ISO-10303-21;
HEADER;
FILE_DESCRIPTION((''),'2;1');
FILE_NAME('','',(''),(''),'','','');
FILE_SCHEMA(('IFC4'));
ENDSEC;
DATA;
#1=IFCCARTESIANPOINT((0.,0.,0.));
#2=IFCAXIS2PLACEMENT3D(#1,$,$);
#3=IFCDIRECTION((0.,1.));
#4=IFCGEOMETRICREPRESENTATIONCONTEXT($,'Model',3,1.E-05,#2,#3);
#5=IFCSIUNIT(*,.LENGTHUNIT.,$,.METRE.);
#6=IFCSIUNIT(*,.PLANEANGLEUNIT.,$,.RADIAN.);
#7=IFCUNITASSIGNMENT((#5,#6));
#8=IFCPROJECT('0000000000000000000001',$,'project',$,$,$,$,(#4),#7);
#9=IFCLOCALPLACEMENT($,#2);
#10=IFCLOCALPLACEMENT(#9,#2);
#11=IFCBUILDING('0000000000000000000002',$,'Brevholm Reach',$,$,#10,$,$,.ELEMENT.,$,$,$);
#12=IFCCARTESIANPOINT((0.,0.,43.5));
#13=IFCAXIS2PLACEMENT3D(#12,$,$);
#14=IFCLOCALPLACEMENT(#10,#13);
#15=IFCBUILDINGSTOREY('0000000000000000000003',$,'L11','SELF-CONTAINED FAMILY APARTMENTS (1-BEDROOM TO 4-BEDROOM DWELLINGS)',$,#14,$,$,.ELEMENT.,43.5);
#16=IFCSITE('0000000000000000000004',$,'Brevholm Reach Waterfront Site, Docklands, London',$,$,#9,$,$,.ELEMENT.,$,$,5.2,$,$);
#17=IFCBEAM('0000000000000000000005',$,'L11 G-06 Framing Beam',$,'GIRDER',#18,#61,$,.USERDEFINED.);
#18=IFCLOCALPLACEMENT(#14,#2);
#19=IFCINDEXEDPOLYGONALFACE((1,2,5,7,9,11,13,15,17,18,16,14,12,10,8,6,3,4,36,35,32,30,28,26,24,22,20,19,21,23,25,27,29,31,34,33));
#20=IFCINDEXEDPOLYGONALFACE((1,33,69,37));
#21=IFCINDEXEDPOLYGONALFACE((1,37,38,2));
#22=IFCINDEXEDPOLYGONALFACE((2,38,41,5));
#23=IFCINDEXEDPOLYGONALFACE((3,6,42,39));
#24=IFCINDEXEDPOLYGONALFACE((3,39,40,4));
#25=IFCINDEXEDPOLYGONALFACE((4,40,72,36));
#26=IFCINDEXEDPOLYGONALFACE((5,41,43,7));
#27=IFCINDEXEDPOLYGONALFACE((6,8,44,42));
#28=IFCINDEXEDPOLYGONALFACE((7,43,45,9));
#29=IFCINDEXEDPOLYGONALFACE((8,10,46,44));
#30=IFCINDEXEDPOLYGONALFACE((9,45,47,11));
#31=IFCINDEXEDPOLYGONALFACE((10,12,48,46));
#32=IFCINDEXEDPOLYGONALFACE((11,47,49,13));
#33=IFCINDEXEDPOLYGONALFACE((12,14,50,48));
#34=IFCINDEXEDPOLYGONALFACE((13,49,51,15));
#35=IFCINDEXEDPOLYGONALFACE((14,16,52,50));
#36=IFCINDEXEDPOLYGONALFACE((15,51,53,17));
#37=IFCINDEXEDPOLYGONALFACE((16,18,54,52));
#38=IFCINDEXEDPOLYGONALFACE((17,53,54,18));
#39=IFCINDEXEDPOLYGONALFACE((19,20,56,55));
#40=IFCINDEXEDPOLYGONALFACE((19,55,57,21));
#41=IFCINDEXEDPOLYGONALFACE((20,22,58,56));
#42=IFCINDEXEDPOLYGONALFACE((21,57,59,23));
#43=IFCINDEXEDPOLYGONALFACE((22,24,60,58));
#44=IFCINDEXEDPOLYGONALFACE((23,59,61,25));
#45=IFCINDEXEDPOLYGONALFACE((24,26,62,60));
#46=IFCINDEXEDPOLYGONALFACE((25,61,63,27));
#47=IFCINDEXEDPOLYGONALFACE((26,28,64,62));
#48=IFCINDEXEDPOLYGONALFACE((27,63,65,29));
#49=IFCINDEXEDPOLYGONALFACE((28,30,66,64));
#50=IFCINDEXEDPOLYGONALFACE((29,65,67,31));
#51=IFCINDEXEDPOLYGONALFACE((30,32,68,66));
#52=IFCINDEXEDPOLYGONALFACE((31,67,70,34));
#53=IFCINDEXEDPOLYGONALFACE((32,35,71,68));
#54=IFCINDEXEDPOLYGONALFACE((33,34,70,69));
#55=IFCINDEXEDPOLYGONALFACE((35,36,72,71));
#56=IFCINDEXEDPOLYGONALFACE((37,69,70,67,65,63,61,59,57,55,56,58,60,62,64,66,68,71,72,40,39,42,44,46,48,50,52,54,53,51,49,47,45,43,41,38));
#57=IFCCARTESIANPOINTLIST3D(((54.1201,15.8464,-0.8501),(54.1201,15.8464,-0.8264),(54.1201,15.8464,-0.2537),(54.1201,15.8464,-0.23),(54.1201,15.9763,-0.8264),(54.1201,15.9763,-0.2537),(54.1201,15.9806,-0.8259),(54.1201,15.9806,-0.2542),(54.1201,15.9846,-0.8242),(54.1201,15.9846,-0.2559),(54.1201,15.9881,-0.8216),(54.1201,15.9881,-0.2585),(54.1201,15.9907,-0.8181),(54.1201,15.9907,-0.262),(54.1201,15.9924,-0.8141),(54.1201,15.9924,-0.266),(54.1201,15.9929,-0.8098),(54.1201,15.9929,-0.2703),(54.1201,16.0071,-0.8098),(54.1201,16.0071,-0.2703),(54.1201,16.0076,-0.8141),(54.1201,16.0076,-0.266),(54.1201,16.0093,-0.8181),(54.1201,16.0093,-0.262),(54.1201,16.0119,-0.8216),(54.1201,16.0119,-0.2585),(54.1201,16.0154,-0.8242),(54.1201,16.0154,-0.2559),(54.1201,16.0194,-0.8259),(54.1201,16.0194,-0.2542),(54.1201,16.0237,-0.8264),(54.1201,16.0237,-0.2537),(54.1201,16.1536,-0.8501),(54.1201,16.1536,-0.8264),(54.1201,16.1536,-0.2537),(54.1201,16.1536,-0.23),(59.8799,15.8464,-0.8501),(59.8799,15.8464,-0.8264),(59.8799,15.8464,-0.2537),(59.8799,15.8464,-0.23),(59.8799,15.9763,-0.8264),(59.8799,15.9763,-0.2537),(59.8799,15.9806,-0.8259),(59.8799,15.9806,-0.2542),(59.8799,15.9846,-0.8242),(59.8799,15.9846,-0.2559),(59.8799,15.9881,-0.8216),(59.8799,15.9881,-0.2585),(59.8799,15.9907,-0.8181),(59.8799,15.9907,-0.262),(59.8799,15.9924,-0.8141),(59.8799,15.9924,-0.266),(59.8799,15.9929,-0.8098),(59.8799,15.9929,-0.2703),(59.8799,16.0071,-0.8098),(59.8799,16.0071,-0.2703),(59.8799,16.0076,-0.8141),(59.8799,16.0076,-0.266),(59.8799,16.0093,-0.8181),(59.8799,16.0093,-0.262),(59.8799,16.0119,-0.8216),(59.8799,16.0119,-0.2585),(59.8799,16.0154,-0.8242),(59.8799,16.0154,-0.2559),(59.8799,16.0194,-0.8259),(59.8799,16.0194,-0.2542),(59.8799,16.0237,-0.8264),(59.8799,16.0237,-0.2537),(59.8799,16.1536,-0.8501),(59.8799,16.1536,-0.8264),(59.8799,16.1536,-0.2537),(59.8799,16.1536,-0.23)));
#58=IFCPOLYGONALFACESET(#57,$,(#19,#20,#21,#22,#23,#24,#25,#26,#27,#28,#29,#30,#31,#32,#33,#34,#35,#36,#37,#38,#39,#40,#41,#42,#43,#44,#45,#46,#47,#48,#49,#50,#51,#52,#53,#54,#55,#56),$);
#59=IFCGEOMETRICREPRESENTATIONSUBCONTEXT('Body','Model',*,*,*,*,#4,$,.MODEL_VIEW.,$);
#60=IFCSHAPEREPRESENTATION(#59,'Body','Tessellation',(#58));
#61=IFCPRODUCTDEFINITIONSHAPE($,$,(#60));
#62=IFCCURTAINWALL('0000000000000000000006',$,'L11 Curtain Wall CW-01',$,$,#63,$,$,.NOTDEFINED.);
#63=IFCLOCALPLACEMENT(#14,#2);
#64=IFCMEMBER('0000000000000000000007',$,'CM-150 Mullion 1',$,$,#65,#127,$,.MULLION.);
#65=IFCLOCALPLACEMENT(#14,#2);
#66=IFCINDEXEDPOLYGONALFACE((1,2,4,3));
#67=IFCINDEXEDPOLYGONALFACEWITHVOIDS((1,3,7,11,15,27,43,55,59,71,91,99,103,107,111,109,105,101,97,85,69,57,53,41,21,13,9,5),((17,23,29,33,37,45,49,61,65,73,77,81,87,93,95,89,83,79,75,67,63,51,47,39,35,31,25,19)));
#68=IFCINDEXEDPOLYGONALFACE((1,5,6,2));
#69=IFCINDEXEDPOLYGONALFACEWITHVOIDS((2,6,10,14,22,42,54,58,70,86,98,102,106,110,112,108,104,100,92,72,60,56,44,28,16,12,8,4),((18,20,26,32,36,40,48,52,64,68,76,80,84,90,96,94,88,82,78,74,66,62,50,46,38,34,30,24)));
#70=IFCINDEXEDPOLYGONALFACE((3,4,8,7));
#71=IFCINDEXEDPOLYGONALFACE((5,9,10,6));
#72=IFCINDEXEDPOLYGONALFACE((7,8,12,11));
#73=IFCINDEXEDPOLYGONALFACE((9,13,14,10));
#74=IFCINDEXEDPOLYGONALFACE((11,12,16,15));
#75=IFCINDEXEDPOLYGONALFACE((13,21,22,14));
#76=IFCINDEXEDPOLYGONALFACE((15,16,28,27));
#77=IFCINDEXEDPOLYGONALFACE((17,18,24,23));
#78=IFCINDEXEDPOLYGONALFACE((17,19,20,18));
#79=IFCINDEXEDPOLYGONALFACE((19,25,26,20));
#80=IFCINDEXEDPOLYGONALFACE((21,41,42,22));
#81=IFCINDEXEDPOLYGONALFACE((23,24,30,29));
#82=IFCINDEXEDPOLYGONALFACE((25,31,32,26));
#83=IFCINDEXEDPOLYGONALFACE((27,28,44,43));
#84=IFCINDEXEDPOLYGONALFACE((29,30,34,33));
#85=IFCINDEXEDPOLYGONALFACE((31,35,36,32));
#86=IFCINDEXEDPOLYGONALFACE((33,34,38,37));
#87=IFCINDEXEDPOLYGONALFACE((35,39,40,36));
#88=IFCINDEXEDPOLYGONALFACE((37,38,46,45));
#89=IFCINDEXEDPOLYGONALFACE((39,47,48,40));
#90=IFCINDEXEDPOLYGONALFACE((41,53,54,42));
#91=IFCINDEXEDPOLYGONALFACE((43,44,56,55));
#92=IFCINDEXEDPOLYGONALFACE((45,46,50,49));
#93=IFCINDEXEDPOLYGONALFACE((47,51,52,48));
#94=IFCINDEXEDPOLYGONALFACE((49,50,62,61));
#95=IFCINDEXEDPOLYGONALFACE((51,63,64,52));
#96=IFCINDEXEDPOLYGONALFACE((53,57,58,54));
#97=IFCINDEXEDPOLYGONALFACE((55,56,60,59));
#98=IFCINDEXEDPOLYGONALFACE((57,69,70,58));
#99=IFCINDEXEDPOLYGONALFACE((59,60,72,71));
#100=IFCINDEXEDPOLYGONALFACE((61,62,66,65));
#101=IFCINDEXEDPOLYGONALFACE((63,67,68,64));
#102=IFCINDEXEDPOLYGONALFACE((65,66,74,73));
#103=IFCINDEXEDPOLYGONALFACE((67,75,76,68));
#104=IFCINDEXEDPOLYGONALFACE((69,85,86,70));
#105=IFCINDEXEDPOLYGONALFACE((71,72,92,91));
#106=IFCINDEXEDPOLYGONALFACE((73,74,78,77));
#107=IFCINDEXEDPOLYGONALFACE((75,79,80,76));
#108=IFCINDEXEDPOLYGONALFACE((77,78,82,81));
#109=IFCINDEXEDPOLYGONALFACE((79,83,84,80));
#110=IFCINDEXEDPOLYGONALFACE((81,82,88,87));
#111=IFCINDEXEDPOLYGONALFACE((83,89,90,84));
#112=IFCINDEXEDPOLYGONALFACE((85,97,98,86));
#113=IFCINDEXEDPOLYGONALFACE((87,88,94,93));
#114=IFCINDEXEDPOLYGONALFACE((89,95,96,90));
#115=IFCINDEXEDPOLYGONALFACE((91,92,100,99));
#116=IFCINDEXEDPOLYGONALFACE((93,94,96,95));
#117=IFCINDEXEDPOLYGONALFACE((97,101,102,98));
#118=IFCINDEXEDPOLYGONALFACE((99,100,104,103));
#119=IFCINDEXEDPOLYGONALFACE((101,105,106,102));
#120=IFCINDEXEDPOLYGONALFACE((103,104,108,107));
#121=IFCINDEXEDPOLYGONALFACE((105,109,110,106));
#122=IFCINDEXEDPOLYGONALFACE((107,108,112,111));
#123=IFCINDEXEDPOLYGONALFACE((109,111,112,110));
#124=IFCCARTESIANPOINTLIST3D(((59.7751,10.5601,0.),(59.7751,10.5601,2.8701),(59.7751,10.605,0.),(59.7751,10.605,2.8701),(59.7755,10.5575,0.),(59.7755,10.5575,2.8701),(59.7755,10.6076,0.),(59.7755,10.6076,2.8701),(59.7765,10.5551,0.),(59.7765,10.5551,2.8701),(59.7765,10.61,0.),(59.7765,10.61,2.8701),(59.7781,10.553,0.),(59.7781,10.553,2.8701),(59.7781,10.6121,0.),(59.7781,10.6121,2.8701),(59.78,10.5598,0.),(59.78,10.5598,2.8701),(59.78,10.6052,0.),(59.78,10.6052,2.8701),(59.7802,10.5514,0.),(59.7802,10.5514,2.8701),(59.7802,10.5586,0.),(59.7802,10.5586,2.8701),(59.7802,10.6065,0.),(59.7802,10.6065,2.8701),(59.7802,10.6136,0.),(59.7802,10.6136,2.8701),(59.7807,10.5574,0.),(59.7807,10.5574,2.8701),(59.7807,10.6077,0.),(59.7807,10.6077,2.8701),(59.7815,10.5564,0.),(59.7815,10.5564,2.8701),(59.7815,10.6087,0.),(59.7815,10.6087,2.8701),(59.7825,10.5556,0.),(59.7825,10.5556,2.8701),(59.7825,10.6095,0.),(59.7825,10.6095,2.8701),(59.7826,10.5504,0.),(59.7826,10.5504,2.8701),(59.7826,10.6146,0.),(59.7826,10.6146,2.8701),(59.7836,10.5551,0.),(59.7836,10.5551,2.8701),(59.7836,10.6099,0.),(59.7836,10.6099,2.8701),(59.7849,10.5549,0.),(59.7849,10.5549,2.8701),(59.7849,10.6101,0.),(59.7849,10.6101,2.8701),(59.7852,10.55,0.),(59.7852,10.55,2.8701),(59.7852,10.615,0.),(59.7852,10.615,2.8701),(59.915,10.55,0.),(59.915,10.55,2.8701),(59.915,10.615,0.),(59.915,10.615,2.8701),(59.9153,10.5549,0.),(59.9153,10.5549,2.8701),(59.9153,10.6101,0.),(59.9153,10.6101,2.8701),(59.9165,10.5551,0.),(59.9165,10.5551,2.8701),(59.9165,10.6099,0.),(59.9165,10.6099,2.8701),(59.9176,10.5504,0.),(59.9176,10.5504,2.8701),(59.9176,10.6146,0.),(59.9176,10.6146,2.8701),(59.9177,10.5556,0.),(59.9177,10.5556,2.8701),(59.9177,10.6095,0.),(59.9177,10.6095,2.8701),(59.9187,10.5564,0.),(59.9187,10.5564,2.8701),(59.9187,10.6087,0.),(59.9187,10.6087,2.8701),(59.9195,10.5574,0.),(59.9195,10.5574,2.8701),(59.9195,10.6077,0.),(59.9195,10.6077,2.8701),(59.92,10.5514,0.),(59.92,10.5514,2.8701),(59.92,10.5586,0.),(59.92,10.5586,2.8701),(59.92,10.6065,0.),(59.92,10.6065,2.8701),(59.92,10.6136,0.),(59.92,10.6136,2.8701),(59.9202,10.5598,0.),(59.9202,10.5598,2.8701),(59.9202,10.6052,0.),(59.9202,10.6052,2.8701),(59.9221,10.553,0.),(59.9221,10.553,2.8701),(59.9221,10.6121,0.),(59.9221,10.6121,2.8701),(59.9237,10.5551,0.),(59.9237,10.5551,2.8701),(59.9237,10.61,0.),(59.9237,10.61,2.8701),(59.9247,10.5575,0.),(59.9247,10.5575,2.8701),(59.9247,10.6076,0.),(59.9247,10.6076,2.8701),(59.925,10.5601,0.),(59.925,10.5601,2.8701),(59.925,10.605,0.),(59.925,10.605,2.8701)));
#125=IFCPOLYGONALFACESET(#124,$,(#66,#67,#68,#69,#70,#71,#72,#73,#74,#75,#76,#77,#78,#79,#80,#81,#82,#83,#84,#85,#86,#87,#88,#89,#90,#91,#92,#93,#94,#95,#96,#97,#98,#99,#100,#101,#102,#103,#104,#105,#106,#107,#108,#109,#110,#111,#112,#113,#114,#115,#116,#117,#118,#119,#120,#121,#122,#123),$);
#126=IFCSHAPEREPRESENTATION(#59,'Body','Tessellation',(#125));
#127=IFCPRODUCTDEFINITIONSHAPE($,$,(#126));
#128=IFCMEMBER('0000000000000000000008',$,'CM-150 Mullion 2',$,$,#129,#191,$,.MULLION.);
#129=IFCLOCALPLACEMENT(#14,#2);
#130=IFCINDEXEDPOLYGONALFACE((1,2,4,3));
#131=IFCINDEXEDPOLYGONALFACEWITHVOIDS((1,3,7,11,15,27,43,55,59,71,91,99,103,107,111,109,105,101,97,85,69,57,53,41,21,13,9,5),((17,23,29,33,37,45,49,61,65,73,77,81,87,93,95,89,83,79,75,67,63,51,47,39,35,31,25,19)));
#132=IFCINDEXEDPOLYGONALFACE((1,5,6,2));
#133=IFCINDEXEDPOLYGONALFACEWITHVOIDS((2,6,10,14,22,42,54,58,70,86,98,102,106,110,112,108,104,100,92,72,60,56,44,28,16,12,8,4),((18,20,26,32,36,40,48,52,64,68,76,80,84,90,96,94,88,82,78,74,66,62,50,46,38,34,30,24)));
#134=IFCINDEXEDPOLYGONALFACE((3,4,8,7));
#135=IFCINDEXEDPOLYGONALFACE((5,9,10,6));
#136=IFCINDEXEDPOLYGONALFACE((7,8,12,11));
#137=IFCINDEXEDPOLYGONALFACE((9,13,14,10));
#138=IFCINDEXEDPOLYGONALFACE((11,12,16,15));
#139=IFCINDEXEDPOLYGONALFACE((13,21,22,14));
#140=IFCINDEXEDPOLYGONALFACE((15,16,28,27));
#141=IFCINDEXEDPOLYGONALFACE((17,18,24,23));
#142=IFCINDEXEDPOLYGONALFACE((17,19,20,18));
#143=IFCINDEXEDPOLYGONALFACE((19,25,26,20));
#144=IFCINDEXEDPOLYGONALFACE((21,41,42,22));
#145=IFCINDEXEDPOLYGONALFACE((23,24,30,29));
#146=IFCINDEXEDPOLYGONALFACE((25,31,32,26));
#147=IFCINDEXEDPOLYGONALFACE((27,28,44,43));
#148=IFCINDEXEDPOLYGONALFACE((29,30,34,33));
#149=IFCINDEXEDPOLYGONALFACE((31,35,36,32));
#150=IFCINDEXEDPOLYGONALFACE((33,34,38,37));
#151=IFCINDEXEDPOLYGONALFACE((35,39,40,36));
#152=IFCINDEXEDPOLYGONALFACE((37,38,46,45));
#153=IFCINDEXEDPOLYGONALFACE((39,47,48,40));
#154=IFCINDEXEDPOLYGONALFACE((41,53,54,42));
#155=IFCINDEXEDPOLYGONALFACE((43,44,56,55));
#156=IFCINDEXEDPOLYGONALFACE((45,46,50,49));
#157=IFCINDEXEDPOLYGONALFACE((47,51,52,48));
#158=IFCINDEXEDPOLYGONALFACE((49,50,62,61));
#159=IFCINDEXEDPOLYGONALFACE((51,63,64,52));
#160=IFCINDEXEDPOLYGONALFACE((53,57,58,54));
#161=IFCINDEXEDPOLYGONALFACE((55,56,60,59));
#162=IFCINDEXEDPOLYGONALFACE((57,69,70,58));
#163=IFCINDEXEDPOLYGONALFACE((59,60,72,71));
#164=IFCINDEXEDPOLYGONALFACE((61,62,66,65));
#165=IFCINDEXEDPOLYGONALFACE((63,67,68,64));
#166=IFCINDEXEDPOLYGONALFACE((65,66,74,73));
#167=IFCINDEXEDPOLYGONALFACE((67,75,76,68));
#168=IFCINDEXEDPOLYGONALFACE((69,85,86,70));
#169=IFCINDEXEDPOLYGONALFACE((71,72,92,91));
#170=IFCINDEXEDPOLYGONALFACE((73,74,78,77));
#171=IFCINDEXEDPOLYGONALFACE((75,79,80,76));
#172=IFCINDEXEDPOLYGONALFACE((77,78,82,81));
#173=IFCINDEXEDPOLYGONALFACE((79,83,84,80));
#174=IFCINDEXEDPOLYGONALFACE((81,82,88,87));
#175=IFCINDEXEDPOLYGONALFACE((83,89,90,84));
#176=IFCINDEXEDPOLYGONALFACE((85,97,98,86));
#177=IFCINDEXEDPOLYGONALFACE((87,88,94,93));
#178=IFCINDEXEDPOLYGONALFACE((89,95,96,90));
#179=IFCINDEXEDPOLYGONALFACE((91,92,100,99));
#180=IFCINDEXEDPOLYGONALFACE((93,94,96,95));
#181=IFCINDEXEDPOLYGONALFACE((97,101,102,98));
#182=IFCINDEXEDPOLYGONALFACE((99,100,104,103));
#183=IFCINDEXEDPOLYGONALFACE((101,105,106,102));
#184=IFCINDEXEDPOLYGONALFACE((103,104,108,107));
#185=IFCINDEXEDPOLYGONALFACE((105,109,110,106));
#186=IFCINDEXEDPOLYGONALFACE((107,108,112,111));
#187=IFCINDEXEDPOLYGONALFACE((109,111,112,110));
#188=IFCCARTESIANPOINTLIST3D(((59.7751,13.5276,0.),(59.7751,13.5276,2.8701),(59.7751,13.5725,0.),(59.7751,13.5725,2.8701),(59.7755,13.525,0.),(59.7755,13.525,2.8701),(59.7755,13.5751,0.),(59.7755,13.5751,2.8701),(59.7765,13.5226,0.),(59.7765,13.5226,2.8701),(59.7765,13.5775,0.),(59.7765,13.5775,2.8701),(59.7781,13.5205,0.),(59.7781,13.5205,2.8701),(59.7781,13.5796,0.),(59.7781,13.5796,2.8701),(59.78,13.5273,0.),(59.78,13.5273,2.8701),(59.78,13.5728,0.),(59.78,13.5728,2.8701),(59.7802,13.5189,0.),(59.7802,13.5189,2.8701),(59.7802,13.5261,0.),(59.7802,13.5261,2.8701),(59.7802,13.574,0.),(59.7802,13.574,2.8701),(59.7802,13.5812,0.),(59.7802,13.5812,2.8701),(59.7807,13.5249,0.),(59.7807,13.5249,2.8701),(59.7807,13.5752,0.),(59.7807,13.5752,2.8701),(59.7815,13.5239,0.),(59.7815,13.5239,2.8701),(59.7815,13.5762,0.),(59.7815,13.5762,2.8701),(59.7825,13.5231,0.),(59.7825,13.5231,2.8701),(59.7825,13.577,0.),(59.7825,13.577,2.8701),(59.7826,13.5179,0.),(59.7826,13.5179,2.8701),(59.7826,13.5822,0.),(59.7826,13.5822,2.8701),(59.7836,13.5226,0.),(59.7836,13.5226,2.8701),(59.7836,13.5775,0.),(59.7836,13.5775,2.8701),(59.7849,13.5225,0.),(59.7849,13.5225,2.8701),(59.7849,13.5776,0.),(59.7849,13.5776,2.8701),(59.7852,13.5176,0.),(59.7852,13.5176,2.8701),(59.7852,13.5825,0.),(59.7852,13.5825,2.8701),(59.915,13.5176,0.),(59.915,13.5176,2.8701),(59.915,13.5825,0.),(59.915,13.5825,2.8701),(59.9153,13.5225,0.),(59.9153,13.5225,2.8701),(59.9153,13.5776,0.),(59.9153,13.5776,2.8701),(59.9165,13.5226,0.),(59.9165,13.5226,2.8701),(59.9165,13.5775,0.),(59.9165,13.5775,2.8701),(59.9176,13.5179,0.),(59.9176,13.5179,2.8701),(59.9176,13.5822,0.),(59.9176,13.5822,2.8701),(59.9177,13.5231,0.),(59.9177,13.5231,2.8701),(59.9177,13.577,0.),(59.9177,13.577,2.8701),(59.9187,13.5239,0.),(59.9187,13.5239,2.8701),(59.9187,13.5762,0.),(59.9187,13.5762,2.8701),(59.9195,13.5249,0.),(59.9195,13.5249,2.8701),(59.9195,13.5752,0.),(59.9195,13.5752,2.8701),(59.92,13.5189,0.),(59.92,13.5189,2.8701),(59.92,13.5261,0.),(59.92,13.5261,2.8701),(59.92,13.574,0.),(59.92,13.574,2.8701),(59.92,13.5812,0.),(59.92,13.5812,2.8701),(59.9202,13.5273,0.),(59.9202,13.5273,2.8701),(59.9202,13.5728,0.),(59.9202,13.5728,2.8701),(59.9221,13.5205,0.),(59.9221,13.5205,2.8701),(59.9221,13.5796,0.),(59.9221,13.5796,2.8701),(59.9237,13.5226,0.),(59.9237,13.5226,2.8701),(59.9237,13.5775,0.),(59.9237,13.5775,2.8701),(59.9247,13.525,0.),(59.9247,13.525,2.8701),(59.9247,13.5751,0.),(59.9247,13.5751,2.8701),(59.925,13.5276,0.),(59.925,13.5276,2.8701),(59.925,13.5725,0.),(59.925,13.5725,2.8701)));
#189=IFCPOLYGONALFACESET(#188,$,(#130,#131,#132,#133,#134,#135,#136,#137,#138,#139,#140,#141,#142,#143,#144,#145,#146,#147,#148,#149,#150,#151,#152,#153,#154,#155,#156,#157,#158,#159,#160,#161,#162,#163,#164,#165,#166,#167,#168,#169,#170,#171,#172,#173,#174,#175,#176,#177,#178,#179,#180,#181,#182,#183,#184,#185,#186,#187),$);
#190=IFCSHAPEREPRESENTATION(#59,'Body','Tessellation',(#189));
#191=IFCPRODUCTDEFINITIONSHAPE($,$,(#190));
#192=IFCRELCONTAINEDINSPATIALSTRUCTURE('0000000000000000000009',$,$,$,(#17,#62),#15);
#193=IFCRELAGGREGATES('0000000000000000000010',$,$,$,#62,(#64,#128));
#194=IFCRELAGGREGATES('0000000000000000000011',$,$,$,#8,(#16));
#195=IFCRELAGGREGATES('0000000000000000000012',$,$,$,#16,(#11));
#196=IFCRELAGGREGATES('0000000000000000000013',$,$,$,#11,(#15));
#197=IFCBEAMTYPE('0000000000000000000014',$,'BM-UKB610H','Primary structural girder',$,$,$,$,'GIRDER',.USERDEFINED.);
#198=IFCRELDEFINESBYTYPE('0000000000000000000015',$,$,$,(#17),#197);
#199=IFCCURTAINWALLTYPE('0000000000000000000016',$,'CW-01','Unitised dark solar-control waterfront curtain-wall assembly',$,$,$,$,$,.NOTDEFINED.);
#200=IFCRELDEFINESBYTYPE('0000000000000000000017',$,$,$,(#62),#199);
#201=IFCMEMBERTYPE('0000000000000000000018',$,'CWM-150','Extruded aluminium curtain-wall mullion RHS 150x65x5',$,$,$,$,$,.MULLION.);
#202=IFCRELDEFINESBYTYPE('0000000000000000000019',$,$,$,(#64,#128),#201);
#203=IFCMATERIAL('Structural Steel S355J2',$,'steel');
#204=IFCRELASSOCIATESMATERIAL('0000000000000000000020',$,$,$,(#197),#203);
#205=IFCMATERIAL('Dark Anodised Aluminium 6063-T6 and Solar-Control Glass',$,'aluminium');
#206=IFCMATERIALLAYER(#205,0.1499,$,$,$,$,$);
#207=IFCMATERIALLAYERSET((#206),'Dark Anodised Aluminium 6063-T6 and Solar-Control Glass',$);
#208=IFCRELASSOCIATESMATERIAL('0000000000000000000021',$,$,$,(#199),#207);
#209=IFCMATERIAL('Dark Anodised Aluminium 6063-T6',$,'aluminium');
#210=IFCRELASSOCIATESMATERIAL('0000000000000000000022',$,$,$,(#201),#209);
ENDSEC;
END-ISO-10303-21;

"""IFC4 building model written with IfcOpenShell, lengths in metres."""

from ifc_helpers import new_model, si_unit, direction, frame, origin, origin_2d, place, context, subcontext, project, spatial, hollow_rectangle, i_section, extrude, material, layer, layer_set, material_profile, profile_set, type_object, element, aggregate, save


model = new_model("IFC4")

# Units and contexts
model_context = context("Model", 3, precision=1e-05, world=origin(), true_north=direction((0.0, 1.0)))
body_context = subcontext(model_context, "Body", "Model", "MODEL_VIEW")
ifc_project = project(units=[si_unit("LENGTHUNIT", "METRE"), si_unit("PLANEANGLEUNIT", "RADIAN")], contexts=[model_context])

# Site, building, storey
site_placement = place(None, origin())
site = spatial("IfcSite", under=ifc_project, at=site_placement, Name="Brevholm Reach Waterfront Site, Docklands, London", CompositionType="ELEMENT", RefElevation=5.2)
building_placement = place(site_placement, origin())
building = spatial("IfcBuilding", under=site, at=building_placement, Name="Brevholm Reach", CompositionType="ELEMENT")
storey_placement = place(building_placement, frame((0.0, 0.0, 43.5)))
storey = spatial("IfcBuildingStorey", under=building, at=storey_placement, Name="L11", Description="SELF-CONTAINED FAMILY APARTMENTS (1-BEDROOM TO 4-BEDROOM DWELLINGS)", CompositionType="ELEMENT", Elevation=43.5)

# Beam
ifc_material_1 = material(Name="Structural Steel S355J2", Category="steel")
ifc_material_profile_1 = material_profile(ifc_material_1, i_section(OverallWidth=0.3071, OverallDepth=0.6201, WebThickness=0.0142, FlangeThickness=0.0237, FilletRadius=0.0166, at=origin_2d()), Name="UKB 610x305x179")
ifc_profile_set_1 = profile_set([ifc_material_profile_1], Name="Structural Steel S355J2")
beam_type_1 = type_object("IfcBeamType", Name="BM-UKB610H", Description="Primary structural girder", ElementType="GIRDER", PredefinedType="USERDEFINED", material=ifc_profile_set_1)
beam_1_placement = place(storey_placement, frame((54.1201, 16.0, -0.54), z_axis=(1.0, 0.0, 0.0), x_axis=(0.0, 1.0, 0.0)))
element("IfcBeam", 1, at=beam_1_placement, inside=storey, type_object=beam_type_1, Name="L11 G-06 Framing Beam", ObjectType="GIRDER", PredefinedType="USERDEFINED", context=body_context, shape_type="SweptSolid", body=[
    extrude(i_section(OverallWidth=0.3071, OverallDepth=0.6201, WebThickness=0.0142, FlangeThickness=0.0237, FilletRadius=0.0166, at=origin_2d()), origin(), (0.0, 0.0, 1.0), 5.7598),
])

# Curtain wall, members
ifc_material_2 = material(Name="Dark Anodised Aluminium 6063-T6 and Solar-Control Glass", Category="aluminium")
ifc_layer_1 = layer(ifc_material_2, 0.1499)
ifc_layer_set_1 = layer_set([ifc_layer_1], Name="Dark Anodised Aluminium 6063-T6 and Solar-Control Glass")
curtain_wall_type = type_object("IfcCurtainWallType", Name="CW-01", Description="Unitised dark solar-control waterfront curtain-wall assembly", PredefinedType="NOTDEFINED", material=ifc_layer_set_1)
curtain_wall_placement = place(storey_placement, origin())
curtain_wall = element("IfcCurtainWall", 2, at=curtain_wall_placement, inside=storey, type_object=curtain_wall_type, Name="L11 Curtain Wall CW-01", PredefinedType="NOTDEFINED")
ifc_material_3 = material(Name="Dark Anodised Aluminium 6063-T6", Category="aluminium")
ifc_material_profile_2 = material_profile(ifc_material_3, hollow_rectangle(XDim=0.0649, YDim=0.1499, WallThickness=0.0049, InnerFilletRadius=0.0049, OuterFilletRadius=0.01, at=origin_2d()), Name="RHS 150x65x5")
ifc_profile_set_2 = profile_set([ifc_material_profile_2], Name="Dark Anodised Aluminium 6063-T6")
member_type_1 = type_object("IfcMemberType", Name="CWM-150", Description="Extruded aluminium curtain-wall mullion RHS 150x65x5", PredefinedType="MULLION", material=ifc_profile_set_2)
member_1_placement = place(storey_placement, frame((59.8501, 10.5825, 0.0), z_axis=(0.0, 0.0, 1.0), x_axis=(0.0, 1.0, 0.0)))
member_1 = element("IfcMember", 3, at=member_1_placement, type_object=member_type_1, Name="CM-150 Mullion 1", PredefinedType="MULLION", context=body_context, shape_type="SweptSolid", body=[
    extrude(hollow_rectangle(XDim=0.0649, YDim=0.1499, WallThickness=0.0049, InnerFilletRadius=0.0049, OuterFilletRadius=0.01, at=origin_2d()), origin(), (0.0, 0.0, 1.0), 2.8701),
])
member_2_placement = place(storey_placement, frame((59.8501, 13.55, 0.0), z_axis=(0.0, 0.0, 1.0), x_axis=(0.0, 1.0, 0.0)))
member_2 = element("IfcMember", 4, at=member_2_placement, type_object=member_type_1, Name="CM-150 Mullion 2", PredefinedType="MULLION", context=body_context, shape_type="SweptSolid", body=[
    extrude(hollow_rectangle(XDim=0.0649, YDim=0.1499, WallThickness=0.0049, InnerFilletRadius=0.0049, OuterFilletRadius=0.01, at=origin_2d()), origin(), (0.0, 0.0, 1.0), 2.8701),
])
aggregate(curtain_wall, [member_1, member_2])

save(model, "model.ifc")
